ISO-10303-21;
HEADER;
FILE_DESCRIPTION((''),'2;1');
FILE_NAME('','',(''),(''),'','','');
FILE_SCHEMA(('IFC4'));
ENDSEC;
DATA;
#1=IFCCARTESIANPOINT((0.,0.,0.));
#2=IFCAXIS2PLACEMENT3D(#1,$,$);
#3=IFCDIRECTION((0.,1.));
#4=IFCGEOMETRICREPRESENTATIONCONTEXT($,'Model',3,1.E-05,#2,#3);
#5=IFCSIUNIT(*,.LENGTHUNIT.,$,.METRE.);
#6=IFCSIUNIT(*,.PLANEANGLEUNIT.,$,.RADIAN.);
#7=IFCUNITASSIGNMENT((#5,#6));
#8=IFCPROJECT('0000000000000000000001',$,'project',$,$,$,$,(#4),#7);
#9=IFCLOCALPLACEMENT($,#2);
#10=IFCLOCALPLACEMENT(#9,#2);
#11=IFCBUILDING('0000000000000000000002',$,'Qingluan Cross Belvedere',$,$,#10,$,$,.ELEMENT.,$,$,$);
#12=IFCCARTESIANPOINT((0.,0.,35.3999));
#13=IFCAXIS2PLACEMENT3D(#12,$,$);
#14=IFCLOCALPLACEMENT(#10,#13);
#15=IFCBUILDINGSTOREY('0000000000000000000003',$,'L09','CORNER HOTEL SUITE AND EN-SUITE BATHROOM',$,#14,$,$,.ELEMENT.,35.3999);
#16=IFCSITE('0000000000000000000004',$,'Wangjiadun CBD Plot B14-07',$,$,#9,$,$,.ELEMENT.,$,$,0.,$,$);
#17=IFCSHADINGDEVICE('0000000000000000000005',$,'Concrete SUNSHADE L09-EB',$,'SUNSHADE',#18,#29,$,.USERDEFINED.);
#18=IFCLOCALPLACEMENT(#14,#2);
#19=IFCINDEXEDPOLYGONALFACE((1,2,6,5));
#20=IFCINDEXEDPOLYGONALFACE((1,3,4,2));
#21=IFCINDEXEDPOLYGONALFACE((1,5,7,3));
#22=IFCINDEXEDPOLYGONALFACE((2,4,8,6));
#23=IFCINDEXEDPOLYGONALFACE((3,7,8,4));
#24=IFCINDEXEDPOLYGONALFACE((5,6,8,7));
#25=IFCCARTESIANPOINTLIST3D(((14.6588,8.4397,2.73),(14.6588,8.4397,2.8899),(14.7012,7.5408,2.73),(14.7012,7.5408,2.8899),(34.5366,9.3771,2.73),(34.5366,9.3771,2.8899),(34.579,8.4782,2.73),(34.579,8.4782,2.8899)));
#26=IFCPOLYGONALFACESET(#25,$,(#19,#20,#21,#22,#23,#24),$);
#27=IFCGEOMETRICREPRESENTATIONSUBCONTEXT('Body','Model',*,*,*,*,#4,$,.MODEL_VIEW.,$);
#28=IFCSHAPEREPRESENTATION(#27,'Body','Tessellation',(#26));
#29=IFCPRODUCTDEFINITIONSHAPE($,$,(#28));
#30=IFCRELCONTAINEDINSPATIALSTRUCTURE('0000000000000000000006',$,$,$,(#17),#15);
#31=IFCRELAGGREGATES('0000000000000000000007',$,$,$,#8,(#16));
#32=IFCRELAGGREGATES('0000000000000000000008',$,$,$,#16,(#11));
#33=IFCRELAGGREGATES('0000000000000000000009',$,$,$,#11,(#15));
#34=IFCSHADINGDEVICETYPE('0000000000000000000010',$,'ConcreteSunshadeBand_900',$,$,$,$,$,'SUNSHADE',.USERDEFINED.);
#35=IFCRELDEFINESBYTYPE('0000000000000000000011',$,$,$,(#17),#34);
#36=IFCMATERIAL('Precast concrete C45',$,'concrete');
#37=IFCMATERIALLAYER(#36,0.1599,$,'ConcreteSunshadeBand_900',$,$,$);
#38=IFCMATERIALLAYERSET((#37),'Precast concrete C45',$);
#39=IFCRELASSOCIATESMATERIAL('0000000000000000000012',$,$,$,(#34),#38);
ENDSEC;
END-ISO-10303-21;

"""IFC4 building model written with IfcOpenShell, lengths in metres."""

from ifc_helpers import new_model, si_unit, direction, frame, origin, origin_2d, place, context, subcontext, project, spatial, rectangle, extrude, material, layer, layer_set, type_object, element, save


model = new_model("IFC4")

# Units and contexts
model_context = context("Model", 3, precision=1e-05, world=origin(), true_north=direction((0.0, 1.0)))
body_context = subcontext(model_context, "Body", "Model", "MODEL_VIEW")
ifc_project = project(units=[si_unit("LENGTHUNIT", "METRE"), si_unit("PLANEANGLEUNIT", "RADIAN")], contexts=[model_context])

# Site, building, storey
site_placement = place(None, origin())
site = spatial("IfcSite", under=ifc_project, at=site_placement, Name="Wangjiadun CBD Plot B14-07", CompositionType="ELEMENT", RefElevation=0.0)
building_placement = place(site_placement, origin())
building = spatial("IfcBuilding", under=site, at=building_placement, Name="Qingluan Cross Belvedere", CompositionType="ELEMENT")
storey_placement = place(building_placement, frame((0.0, 0.0, 35.3999)))
storey = spatial("IfcBuildingStorey", under=building, at=storey_placement, Name="L09", Description="CORNER HOTEL SUITE AND EN-SUITE BATHROOM", CompositionType="ELEMENT", Elevation=35.3999)

# Shading device
ifc_material_1 = material(Name="Precast concrete C45", Category="concrete")
ifc_layer_1 = layer(ifc_material_1, 0.1599, Name="ConcreteSunshadeBand_900")
ifc_layer_set_1 = layer_set([ifc_layer_1], Name="Precast concrete C45")
shading_device_type = type_object("IfcShadingDeviceType", Name="ConcreteSunshadeBand_900", ElementType="SUNSHADE", PredefinedType="USERDEFINED", material=ifc_layer_set_1)
shading_device_placement = place(storey_placement, frame((24.6189, 8.459, 2.73), z_axis=(0.0, 0.0, 1.0), x_axis=(-0.99889, -0.047105, 0.0)))
element("IfcShadingDevice", 1, at=shading_device_placement, inside=storey, type_object=shading_device_type, Name="Concrete SUNSHADE L09-EB", ObjectType="SUNSHADE", PredefinedType="USERDEFINED", context=body_context, shape_type="SweptSolid", body=[
    extrude(rectangle(XDim=19.8999, YDim=0.8999, at=origin_2d()), origin(), (0.0, 0.0, 1.0), 0.1599),
])

save(model, "model.ifc")
